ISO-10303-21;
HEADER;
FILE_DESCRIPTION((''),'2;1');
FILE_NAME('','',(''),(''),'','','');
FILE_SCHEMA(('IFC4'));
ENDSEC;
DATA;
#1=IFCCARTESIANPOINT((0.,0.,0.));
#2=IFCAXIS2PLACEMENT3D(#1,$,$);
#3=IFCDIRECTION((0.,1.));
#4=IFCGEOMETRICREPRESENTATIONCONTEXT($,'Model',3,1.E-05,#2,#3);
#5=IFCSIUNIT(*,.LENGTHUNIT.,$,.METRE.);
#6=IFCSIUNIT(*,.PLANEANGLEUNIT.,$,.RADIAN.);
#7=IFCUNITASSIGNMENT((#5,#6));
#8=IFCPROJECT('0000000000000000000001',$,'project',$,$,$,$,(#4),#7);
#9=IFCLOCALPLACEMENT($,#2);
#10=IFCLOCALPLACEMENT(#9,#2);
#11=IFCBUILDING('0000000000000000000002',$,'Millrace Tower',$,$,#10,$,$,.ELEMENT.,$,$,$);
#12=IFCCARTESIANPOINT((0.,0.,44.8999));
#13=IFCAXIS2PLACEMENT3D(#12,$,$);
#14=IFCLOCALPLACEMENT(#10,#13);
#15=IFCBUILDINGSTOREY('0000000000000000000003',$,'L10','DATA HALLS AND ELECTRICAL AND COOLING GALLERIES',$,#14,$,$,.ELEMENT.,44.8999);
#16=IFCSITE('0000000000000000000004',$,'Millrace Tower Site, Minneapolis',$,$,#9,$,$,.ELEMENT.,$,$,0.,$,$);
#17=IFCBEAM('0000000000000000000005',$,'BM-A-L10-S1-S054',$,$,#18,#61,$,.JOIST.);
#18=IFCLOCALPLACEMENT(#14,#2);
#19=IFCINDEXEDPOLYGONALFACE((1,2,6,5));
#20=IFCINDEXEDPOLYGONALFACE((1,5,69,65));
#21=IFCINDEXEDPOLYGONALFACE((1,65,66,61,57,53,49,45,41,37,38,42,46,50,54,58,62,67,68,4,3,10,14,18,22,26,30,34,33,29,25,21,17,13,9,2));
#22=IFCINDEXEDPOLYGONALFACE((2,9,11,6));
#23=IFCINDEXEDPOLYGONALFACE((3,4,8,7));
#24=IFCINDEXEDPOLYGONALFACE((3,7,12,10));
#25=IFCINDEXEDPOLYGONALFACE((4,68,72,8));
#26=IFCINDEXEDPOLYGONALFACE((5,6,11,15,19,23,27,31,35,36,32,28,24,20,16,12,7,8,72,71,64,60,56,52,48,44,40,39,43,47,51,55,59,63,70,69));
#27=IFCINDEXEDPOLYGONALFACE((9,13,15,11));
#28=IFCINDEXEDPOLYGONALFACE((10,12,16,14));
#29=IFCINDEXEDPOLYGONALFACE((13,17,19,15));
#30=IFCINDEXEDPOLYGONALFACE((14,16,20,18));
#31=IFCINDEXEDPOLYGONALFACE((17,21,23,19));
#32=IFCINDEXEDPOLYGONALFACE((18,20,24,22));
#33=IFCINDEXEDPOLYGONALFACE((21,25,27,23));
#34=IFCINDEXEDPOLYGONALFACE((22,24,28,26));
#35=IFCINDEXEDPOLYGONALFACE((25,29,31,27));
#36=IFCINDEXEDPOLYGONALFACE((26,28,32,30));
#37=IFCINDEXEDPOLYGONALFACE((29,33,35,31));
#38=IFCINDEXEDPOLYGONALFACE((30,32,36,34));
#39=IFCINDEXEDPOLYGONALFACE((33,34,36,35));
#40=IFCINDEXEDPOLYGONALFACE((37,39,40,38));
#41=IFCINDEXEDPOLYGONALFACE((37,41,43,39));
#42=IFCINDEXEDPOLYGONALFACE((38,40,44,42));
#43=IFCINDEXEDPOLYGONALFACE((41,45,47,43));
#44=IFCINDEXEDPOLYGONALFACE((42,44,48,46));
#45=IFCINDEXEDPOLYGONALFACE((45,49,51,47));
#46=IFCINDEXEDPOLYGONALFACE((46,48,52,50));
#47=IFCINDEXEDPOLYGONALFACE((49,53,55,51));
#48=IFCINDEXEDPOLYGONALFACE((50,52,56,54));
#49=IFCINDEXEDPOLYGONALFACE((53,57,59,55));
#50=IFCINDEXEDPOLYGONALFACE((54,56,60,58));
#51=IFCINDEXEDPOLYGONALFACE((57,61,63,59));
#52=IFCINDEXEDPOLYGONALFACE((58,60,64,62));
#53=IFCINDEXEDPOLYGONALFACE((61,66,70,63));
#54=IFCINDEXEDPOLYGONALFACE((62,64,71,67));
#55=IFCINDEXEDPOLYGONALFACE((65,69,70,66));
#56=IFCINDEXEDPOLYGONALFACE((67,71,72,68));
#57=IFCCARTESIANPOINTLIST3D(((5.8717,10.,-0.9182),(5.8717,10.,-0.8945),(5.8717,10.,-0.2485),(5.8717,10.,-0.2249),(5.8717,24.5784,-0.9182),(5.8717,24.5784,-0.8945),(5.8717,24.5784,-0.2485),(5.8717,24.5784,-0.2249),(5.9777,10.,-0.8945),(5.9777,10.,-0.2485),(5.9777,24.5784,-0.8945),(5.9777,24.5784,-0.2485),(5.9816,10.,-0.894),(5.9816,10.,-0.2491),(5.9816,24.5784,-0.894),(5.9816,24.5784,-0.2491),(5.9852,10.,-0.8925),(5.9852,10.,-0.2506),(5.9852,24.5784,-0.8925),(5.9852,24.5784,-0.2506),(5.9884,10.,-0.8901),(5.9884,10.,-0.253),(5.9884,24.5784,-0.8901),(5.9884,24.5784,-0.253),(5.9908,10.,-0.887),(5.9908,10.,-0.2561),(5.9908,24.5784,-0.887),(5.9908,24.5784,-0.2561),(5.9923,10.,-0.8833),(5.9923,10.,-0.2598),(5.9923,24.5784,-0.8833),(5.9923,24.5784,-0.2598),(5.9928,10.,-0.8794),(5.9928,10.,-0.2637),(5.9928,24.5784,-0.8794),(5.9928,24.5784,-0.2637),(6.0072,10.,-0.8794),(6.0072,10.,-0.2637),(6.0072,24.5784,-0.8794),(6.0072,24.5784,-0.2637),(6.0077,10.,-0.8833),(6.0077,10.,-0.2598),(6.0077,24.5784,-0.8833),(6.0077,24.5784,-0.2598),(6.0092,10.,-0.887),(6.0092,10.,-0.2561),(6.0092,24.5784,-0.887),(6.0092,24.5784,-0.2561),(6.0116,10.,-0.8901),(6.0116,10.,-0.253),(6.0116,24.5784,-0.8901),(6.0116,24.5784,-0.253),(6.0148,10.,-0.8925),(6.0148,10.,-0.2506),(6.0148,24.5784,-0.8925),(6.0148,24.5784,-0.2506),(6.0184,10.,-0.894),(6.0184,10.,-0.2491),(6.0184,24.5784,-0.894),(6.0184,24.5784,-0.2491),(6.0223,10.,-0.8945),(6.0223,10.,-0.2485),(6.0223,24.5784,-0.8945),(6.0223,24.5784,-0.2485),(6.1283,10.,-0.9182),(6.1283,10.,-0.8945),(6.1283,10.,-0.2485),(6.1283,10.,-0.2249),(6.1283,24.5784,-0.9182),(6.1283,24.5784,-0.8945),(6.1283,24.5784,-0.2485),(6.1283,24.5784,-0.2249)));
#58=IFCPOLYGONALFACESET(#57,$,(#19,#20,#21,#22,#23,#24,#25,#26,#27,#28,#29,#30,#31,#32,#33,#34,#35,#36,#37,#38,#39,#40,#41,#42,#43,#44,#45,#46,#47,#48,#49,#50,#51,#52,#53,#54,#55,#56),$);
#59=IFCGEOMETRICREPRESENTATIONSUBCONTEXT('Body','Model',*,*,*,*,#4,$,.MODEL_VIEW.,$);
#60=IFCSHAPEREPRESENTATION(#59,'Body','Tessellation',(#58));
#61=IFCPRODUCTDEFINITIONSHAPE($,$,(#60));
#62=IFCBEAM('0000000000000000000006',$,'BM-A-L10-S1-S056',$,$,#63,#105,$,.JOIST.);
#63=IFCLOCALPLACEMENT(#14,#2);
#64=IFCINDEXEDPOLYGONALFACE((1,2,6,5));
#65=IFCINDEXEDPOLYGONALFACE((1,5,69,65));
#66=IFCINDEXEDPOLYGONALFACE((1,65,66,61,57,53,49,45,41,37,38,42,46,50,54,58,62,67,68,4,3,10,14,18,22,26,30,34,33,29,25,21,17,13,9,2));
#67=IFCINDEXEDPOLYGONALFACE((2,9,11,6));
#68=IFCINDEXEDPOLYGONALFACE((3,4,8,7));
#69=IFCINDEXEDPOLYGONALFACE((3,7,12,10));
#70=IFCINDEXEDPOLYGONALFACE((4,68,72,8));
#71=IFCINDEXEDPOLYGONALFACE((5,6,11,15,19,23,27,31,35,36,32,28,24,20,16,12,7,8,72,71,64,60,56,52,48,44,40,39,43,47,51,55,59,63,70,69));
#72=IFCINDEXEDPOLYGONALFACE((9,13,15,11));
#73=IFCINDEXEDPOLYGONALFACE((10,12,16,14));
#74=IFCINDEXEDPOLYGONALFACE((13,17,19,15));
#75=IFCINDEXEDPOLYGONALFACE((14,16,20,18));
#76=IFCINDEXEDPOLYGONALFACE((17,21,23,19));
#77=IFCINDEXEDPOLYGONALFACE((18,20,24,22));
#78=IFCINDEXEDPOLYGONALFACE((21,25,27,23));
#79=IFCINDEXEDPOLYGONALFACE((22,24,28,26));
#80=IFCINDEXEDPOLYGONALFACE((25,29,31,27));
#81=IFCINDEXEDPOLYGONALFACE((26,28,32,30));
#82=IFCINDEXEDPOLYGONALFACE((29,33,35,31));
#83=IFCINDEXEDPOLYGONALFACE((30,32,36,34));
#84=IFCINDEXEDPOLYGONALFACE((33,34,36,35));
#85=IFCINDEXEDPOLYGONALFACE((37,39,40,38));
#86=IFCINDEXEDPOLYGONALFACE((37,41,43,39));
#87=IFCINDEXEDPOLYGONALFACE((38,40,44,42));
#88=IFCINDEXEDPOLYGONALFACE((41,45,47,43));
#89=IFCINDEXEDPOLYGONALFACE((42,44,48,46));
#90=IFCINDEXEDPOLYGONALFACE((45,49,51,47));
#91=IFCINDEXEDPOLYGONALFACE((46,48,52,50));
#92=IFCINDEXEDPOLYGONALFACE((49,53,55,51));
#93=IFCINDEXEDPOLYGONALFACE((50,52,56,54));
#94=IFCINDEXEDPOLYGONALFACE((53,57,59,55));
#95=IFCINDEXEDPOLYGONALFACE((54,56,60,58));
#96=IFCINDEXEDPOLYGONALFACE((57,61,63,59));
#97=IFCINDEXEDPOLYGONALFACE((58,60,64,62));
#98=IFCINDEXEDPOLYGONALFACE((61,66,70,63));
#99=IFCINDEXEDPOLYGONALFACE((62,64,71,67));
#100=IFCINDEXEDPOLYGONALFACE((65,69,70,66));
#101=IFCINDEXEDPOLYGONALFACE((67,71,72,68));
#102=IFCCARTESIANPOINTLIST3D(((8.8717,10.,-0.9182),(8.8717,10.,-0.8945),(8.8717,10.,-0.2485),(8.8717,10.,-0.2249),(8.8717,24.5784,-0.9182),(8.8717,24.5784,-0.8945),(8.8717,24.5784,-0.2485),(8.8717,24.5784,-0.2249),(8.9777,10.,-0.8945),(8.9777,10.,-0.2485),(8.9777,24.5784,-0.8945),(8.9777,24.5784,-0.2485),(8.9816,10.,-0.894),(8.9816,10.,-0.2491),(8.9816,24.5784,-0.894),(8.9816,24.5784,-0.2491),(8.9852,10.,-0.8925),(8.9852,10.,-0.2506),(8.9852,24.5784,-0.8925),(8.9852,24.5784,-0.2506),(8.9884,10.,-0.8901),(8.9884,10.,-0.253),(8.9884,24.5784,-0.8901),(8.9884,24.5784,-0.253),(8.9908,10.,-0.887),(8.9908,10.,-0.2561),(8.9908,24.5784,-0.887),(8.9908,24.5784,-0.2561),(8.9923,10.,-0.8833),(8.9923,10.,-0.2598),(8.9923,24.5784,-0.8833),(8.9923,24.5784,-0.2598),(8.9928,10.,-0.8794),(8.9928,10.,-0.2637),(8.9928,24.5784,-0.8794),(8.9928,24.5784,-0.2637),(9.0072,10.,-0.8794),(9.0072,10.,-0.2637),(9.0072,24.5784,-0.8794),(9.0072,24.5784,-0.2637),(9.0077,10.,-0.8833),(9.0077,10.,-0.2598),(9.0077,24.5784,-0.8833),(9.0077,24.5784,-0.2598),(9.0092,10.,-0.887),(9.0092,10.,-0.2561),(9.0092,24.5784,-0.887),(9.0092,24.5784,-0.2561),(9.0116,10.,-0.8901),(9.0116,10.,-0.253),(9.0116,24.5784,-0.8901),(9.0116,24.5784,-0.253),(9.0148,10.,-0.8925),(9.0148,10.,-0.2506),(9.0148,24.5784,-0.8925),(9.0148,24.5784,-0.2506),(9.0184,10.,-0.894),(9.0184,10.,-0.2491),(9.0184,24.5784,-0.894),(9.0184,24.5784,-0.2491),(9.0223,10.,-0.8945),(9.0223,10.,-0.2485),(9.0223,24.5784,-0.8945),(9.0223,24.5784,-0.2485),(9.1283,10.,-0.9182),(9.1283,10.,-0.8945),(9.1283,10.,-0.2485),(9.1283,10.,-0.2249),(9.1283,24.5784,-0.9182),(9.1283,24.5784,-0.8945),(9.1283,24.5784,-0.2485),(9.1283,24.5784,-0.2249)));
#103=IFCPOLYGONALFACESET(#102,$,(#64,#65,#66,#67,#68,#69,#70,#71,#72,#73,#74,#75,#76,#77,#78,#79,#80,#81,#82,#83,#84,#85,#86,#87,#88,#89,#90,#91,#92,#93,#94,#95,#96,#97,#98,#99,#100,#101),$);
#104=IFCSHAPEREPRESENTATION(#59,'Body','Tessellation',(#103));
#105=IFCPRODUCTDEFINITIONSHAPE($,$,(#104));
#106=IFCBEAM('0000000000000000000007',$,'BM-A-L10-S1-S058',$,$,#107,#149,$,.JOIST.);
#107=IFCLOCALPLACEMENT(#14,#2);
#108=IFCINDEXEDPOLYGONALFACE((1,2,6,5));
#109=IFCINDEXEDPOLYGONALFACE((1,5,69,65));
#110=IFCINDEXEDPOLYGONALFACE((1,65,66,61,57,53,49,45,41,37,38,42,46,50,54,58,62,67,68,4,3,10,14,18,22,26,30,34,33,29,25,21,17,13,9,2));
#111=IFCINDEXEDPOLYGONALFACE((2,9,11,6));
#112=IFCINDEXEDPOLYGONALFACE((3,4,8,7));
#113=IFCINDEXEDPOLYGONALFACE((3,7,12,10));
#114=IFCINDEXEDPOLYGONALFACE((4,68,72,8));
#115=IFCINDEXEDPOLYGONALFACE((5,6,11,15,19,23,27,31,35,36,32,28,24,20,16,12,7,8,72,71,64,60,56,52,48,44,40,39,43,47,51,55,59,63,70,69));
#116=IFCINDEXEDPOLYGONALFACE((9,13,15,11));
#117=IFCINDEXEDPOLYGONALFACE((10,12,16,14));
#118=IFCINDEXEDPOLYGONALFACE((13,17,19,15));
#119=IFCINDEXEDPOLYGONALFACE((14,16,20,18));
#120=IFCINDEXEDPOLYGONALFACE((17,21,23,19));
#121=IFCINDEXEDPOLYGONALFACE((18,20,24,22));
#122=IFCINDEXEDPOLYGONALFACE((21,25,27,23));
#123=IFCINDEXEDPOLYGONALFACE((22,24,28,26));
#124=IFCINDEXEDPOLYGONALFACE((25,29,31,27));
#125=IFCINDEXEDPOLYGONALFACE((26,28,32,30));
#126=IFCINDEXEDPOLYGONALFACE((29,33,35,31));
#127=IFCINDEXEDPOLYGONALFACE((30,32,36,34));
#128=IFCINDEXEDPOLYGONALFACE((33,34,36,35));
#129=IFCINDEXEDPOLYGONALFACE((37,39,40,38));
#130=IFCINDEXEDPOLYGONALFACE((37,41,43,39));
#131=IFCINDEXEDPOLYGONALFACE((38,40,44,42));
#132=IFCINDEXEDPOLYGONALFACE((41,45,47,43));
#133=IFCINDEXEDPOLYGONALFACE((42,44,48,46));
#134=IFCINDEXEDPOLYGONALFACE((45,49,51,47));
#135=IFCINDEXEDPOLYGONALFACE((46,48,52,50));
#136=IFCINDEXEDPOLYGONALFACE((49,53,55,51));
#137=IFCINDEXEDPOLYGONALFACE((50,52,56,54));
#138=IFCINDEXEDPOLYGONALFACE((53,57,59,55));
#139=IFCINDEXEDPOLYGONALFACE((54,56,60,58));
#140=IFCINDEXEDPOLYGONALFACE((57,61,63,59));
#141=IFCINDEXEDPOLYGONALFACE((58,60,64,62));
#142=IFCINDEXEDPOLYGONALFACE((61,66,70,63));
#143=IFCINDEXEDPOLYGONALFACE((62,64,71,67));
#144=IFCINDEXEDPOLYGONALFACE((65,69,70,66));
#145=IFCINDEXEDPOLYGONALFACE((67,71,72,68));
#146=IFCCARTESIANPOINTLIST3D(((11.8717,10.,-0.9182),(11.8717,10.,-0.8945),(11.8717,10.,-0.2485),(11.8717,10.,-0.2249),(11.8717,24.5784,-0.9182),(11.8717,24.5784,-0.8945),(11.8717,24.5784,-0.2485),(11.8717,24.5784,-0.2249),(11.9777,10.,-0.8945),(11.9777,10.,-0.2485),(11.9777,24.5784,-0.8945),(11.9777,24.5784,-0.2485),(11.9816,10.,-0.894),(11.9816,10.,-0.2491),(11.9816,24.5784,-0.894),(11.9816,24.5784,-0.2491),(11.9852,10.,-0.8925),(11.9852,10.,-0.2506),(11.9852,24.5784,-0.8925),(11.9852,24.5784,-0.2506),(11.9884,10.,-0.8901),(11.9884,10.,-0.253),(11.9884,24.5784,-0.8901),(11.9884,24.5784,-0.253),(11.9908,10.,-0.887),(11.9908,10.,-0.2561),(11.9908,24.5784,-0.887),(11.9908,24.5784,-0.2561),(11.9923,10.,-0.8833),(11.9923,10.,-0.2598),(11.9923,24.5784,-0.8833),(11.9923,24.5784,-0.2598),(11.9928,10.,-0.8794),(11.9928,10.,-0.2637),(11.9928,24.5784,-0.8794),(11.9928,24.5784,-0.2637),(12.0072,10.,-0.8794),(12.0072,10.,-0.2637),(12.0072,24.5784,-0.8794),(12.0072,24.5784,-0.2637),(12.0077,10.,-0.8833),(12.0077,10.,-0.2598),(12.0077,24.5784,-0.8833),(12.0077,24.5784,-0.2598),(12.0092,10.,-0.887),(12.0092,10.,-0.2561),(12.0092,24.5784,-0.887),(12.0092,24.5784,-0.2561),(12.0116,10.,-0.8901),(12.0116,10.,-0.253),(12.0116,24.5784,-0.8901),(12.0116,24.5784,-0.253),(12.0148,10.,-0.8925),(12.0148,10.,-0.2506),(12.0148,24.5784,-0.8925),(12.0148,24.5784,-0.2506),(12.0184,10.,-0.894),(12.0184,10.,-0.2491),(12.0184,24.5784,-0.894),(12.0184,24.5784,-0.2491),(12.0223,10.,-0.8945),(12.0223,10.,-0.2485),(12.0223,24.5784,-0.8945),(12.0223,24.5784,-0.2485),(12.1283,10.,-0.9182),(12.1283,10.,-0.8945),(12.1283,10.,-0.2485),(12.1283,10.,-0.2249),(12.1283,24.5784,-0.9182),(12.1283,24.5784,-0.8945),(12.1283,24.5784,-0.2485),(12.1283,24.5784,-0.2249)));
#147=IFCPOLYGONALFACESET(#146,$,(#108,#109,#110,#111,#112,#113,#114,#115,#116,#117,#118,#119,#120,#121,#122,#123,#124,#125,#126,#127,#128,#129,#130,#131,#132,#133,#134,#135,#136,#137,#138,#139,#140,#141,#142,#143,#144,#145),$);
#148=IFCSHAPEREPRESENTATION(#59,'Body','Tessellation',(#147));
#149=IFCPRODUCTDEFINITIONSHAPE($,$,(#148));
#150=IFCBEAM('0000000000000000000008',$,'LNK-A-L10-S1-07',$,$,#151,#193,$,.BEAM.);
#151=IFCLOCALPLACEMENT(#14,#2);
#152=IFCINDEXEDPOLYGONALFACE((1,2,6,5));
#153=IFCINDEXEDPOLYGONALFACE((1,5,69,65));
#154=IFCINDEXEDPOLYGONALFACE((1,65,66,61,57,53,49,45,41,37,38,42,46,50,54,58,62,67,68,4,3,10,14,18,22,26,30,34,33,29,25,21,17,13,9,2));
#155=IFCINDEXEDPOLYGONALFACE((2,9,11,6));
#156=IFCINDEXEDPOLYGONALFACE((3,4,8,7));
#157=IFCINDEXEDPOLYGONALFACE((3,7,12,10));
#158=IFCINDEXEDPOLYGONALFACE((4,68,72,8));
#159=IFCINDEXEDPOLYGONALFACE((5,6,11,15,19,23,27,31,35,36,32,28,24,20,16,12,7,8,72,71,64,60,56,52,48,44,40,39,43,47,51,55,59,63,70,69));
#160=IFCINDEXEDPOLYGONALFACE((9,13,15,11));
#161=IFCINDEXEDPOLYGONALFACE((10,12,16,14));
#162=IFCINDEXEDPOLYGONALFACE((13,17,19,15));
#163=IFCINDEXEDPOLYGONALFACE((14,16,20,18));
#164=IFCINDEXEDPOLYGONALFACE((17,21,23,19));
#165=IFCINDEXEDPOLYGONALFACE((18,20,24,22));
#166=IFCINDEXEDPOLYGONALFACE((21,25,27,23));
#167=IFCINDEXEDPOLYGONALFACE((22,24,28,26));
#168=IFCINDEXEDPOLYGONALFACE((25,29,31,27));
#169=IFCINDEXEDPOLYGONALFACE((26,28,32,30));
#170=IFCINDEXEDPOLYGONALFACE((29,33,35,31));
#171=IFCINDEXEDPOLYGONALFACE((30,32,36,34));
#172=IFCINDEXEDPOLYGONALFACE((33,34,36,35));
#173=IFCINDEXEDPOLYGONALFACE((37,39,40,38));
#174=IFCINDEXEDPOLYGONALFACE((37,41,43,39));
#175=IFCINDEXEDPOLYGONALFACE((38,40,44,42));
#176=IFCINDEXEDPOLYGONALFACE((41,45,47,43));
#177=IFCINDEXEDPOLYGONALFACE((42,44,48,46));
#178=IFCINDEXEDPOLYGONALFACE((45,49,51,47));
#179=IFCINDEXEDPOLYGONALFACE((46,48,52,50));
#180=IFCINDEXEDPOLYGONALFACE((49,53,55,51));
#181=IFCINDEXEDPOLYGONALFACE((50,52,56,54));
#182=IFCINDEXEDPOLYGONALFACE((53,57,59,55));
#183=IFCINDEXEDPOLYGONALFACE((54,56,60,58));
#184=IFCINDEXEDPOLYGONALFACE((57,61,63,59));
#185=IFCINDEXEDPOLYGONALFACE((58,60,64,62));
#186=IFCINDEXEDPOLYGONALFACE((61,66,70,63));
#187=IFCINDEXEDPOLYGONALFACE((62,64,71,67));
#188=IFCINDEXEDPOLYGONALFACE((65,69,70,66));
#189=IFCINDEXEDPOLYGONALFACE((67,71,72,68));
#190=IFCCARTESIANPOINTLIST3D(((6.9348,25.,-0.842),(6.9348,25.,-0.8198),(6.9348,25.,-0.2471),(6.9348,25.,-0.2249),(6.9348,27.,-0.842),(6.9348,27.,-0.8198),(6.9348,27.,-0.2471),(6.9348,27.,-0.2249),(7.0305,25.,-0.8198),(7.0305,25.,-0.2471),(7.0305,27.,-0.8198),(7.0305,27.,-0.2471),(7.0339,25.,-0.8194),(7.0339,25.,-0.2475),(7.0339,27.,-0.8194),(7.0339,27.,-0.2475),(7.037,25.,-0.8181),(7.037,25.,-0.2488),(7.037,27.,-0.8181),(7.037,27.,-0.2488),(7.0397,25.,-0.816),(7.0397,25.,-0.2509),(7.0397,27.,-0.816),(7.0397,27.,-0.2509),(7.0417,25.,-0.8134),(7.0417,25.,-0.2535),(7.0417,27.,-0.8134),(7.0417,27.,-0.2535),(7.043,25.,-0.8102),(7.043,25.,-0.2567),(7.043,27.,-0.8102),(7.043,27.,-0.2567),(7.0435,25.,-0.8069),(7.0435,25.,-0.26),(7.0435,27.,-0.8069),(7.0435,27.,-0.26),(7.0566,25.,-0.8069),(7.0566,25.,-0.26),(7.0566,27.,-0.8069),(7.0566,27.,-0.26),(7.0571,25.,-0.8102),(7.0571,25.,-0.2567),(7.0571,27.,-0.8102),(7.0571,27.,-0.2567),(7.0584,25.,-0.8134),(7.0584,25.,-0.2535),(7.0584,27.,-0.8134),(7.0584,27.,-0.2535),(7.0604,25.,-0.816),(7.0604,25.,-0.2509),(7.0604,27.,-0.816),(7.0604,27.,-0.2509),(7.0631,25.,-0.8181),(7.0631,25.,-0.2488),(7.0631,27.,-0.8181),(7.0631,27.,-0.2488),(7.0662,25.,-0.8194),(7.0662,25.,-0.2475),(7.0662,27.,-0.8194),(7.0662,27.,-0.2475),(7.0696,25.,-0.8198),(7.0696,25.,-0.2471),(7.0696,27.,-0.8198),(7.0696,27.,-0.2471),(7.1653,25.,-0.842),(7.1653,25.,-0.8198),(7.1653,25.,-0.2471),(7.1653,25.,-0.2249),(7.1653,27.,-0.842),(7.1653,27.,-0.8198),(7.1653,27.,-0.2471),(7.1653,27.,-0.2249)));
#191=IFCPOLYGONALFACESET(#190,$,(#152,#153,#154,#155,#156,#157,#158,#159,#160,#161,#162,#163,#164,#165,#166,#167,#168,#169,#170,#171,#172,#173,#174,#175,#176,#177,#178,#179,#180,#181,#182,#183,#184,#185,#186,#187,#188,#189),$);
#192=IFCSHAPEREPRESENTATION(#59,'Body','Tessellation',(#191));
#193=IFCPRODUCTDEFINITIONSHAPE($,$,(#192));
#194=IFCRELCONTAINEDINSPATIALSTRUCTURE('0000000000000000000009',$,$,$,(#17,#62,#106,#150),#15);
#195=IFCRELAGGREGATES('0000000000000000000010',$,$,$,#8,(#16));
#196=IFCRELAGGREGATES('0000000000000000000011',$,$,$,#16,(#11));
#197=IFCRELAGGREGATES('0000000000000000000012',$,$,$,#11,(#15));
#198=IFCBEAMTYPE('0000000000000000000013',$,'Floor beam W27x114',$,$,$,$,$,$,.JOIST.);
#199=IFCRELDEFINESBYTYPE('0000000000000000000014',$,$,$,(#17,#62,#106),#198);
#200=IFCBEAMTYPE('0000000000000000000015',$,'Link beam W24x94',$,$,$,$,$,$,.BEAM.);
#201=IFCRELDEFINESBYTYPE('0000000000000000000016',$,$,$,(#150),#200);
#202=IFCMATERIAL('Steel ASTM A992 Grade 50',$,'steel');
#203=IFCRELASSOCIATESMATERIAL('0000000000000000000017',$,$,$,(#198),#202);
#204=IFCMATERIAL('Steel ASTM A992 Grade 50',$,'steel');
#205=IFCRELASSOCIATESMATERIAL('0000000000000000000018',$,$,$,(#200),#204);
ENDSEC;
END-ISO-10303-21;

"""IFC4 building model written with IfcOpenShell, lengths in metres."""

from ifc_helpers import new_model, si_unit, direction, frame, origin, origin_2d, place, context, subcontext, project, spatial, i_section, extrude, material, material_profile, profile_set, type_object, element, save


model = new_model("IFC4")

# Units and contexts
model_context = context("Model", 3, precision=1e-05, world=origin(), true_north=direction((0.0, 1.0)))
body_context = subcontext(model_context, "Body", "Model", "MODEL_VIEW")
ifc_project = project(units=[si_unit("LENGTHUNIT", "METRE"), si_unit("PLANEANGLEUNIT", "RADIAN")], contexts=[model_context])

# Site, building, storey
site_placement = place(None, origin())
site = spatial("IfcSite", under=ifc_project, at=site_placement, Name="Millrace Tower Site, Minneapolis", CompositionType="ELEMENT", RefElevation=0.0)
building_placement = place(site_placement, origin())
building = spatial("IfcBuilding", under=site, at=building_placement, Name="Millrace Tower", CompositionType="ELEMENT")
storey_placement = place(building_placement, frame((0.0, 0.0, 44.8999)))
storey = spatial("IfcBuildingStorey", under=building, at=storey_placement, Name="L10", Description="DATA HALLS AND ELECTRICAL AND COOLING GALLERIES", CompositionType="ELEMENT", Elevation=44.8999)

# Beams
ifc_material_1 = material(Name="Steel ASTM A992 Grade 50", Category="steel")
ifc_material_profile_1 = material_profile(ifc_material_1, i_section(OverallWidth=0.2566, OverallDepth=0.6934, WebThickness=0.0144, FlangeThickness=0.0237, FilletRadius=0.0151, at=origin_2d()))
ifc_profile_set_1 = profile_set([ifc_material_profile_1], Name="Steel ASTM A992 Grade 50")
beam_type_1 = type_object("IfcBeamType", Name="Floor beam W27x114", PredefinedType="JOIST", material=ifc_profile_set_1)
for number, where, z_axis, x_axis, name in (
    (1, (6.0, 10.0, -0.5715), (0.0, 1.0, 0.0), (-1.0, 0.0, 0.0), "BM-A-L10-S1-S054"),
    (2, (9.0, 10.0, -0.5715), (0.0, 1.0, 0.0), (-1.0, 0.0, 0.0), "BM-A-L10-S1-S056"),
    (3, (12.0, 10.0, -0.5715), (0.0, 1.0, 0.0), (-1.0, 0.0, 0.0), "BM-A-L10-S1-S058"),
):
    element("IfcBeam", number, at=place(storey_placement, frame(where, z_axis=z_axis, x_axis=x_axis)), inside=storey, type_object=beam_type_1, Name=name, PredefinedType="JOIST", context=body_context, shape_type="SweptSolid", body=[
        extrude(i_section(OverallWidth=0.2566, OverallDepth=0.6934, WebThickness=0.0144, FlangeThickness=0.0237, FilletRadius=0.0151, at=origin_2d()), origin(), (0.0, 0.0, 1.0), 14.5784),
    ])
ifc_material_2 = material(Name="Steel ASTM A992 Grade 50", Category="steel")
ifc_material_profile_2 = material_profile(ifc_material_2, i_section(OverallWidth=0.2305, OverallDepth=0.6172, WebThickness=0.0132, FlangeThickness=0.0222, FilletRadius=0.0129, at=origin_2d()))
ifc_profile_set_2 = profile_set([ifc_material_profile_2], Name="Steel ASTM A992 Grade 50")
beam_type_2 = type_object("IfcBeamType", Name="Link beam W24x94", PredefinedType="BEAM", material=ifc_profile_set_2)
beam_1_placement = place(storey_placement, frame((7.05, 25.0, -0.5334), z_axis=(0.0, 1.0, 0.0), x_axis=(-1.0, 0.0, 0.0)))
element("IfcBeam", 4, at=beam_1_placement, inside=storey, type_object=beam_type_2, Name="LNK-A-L10-S1-07", PredefinedType="BEAM", context=body_context, shape_type="SweptSolid", body=[
    extrude(i_section(OverallWidth=0.2305, OverallDepth=0.6172, WebThickness=0.0132, FlangeThickness=0.0222, FilletRadius=0.0129, at=origin_2d()), origin(), (0.0, 0.0, 1.0), 2.0),
])

save(model, "model.ifc")
